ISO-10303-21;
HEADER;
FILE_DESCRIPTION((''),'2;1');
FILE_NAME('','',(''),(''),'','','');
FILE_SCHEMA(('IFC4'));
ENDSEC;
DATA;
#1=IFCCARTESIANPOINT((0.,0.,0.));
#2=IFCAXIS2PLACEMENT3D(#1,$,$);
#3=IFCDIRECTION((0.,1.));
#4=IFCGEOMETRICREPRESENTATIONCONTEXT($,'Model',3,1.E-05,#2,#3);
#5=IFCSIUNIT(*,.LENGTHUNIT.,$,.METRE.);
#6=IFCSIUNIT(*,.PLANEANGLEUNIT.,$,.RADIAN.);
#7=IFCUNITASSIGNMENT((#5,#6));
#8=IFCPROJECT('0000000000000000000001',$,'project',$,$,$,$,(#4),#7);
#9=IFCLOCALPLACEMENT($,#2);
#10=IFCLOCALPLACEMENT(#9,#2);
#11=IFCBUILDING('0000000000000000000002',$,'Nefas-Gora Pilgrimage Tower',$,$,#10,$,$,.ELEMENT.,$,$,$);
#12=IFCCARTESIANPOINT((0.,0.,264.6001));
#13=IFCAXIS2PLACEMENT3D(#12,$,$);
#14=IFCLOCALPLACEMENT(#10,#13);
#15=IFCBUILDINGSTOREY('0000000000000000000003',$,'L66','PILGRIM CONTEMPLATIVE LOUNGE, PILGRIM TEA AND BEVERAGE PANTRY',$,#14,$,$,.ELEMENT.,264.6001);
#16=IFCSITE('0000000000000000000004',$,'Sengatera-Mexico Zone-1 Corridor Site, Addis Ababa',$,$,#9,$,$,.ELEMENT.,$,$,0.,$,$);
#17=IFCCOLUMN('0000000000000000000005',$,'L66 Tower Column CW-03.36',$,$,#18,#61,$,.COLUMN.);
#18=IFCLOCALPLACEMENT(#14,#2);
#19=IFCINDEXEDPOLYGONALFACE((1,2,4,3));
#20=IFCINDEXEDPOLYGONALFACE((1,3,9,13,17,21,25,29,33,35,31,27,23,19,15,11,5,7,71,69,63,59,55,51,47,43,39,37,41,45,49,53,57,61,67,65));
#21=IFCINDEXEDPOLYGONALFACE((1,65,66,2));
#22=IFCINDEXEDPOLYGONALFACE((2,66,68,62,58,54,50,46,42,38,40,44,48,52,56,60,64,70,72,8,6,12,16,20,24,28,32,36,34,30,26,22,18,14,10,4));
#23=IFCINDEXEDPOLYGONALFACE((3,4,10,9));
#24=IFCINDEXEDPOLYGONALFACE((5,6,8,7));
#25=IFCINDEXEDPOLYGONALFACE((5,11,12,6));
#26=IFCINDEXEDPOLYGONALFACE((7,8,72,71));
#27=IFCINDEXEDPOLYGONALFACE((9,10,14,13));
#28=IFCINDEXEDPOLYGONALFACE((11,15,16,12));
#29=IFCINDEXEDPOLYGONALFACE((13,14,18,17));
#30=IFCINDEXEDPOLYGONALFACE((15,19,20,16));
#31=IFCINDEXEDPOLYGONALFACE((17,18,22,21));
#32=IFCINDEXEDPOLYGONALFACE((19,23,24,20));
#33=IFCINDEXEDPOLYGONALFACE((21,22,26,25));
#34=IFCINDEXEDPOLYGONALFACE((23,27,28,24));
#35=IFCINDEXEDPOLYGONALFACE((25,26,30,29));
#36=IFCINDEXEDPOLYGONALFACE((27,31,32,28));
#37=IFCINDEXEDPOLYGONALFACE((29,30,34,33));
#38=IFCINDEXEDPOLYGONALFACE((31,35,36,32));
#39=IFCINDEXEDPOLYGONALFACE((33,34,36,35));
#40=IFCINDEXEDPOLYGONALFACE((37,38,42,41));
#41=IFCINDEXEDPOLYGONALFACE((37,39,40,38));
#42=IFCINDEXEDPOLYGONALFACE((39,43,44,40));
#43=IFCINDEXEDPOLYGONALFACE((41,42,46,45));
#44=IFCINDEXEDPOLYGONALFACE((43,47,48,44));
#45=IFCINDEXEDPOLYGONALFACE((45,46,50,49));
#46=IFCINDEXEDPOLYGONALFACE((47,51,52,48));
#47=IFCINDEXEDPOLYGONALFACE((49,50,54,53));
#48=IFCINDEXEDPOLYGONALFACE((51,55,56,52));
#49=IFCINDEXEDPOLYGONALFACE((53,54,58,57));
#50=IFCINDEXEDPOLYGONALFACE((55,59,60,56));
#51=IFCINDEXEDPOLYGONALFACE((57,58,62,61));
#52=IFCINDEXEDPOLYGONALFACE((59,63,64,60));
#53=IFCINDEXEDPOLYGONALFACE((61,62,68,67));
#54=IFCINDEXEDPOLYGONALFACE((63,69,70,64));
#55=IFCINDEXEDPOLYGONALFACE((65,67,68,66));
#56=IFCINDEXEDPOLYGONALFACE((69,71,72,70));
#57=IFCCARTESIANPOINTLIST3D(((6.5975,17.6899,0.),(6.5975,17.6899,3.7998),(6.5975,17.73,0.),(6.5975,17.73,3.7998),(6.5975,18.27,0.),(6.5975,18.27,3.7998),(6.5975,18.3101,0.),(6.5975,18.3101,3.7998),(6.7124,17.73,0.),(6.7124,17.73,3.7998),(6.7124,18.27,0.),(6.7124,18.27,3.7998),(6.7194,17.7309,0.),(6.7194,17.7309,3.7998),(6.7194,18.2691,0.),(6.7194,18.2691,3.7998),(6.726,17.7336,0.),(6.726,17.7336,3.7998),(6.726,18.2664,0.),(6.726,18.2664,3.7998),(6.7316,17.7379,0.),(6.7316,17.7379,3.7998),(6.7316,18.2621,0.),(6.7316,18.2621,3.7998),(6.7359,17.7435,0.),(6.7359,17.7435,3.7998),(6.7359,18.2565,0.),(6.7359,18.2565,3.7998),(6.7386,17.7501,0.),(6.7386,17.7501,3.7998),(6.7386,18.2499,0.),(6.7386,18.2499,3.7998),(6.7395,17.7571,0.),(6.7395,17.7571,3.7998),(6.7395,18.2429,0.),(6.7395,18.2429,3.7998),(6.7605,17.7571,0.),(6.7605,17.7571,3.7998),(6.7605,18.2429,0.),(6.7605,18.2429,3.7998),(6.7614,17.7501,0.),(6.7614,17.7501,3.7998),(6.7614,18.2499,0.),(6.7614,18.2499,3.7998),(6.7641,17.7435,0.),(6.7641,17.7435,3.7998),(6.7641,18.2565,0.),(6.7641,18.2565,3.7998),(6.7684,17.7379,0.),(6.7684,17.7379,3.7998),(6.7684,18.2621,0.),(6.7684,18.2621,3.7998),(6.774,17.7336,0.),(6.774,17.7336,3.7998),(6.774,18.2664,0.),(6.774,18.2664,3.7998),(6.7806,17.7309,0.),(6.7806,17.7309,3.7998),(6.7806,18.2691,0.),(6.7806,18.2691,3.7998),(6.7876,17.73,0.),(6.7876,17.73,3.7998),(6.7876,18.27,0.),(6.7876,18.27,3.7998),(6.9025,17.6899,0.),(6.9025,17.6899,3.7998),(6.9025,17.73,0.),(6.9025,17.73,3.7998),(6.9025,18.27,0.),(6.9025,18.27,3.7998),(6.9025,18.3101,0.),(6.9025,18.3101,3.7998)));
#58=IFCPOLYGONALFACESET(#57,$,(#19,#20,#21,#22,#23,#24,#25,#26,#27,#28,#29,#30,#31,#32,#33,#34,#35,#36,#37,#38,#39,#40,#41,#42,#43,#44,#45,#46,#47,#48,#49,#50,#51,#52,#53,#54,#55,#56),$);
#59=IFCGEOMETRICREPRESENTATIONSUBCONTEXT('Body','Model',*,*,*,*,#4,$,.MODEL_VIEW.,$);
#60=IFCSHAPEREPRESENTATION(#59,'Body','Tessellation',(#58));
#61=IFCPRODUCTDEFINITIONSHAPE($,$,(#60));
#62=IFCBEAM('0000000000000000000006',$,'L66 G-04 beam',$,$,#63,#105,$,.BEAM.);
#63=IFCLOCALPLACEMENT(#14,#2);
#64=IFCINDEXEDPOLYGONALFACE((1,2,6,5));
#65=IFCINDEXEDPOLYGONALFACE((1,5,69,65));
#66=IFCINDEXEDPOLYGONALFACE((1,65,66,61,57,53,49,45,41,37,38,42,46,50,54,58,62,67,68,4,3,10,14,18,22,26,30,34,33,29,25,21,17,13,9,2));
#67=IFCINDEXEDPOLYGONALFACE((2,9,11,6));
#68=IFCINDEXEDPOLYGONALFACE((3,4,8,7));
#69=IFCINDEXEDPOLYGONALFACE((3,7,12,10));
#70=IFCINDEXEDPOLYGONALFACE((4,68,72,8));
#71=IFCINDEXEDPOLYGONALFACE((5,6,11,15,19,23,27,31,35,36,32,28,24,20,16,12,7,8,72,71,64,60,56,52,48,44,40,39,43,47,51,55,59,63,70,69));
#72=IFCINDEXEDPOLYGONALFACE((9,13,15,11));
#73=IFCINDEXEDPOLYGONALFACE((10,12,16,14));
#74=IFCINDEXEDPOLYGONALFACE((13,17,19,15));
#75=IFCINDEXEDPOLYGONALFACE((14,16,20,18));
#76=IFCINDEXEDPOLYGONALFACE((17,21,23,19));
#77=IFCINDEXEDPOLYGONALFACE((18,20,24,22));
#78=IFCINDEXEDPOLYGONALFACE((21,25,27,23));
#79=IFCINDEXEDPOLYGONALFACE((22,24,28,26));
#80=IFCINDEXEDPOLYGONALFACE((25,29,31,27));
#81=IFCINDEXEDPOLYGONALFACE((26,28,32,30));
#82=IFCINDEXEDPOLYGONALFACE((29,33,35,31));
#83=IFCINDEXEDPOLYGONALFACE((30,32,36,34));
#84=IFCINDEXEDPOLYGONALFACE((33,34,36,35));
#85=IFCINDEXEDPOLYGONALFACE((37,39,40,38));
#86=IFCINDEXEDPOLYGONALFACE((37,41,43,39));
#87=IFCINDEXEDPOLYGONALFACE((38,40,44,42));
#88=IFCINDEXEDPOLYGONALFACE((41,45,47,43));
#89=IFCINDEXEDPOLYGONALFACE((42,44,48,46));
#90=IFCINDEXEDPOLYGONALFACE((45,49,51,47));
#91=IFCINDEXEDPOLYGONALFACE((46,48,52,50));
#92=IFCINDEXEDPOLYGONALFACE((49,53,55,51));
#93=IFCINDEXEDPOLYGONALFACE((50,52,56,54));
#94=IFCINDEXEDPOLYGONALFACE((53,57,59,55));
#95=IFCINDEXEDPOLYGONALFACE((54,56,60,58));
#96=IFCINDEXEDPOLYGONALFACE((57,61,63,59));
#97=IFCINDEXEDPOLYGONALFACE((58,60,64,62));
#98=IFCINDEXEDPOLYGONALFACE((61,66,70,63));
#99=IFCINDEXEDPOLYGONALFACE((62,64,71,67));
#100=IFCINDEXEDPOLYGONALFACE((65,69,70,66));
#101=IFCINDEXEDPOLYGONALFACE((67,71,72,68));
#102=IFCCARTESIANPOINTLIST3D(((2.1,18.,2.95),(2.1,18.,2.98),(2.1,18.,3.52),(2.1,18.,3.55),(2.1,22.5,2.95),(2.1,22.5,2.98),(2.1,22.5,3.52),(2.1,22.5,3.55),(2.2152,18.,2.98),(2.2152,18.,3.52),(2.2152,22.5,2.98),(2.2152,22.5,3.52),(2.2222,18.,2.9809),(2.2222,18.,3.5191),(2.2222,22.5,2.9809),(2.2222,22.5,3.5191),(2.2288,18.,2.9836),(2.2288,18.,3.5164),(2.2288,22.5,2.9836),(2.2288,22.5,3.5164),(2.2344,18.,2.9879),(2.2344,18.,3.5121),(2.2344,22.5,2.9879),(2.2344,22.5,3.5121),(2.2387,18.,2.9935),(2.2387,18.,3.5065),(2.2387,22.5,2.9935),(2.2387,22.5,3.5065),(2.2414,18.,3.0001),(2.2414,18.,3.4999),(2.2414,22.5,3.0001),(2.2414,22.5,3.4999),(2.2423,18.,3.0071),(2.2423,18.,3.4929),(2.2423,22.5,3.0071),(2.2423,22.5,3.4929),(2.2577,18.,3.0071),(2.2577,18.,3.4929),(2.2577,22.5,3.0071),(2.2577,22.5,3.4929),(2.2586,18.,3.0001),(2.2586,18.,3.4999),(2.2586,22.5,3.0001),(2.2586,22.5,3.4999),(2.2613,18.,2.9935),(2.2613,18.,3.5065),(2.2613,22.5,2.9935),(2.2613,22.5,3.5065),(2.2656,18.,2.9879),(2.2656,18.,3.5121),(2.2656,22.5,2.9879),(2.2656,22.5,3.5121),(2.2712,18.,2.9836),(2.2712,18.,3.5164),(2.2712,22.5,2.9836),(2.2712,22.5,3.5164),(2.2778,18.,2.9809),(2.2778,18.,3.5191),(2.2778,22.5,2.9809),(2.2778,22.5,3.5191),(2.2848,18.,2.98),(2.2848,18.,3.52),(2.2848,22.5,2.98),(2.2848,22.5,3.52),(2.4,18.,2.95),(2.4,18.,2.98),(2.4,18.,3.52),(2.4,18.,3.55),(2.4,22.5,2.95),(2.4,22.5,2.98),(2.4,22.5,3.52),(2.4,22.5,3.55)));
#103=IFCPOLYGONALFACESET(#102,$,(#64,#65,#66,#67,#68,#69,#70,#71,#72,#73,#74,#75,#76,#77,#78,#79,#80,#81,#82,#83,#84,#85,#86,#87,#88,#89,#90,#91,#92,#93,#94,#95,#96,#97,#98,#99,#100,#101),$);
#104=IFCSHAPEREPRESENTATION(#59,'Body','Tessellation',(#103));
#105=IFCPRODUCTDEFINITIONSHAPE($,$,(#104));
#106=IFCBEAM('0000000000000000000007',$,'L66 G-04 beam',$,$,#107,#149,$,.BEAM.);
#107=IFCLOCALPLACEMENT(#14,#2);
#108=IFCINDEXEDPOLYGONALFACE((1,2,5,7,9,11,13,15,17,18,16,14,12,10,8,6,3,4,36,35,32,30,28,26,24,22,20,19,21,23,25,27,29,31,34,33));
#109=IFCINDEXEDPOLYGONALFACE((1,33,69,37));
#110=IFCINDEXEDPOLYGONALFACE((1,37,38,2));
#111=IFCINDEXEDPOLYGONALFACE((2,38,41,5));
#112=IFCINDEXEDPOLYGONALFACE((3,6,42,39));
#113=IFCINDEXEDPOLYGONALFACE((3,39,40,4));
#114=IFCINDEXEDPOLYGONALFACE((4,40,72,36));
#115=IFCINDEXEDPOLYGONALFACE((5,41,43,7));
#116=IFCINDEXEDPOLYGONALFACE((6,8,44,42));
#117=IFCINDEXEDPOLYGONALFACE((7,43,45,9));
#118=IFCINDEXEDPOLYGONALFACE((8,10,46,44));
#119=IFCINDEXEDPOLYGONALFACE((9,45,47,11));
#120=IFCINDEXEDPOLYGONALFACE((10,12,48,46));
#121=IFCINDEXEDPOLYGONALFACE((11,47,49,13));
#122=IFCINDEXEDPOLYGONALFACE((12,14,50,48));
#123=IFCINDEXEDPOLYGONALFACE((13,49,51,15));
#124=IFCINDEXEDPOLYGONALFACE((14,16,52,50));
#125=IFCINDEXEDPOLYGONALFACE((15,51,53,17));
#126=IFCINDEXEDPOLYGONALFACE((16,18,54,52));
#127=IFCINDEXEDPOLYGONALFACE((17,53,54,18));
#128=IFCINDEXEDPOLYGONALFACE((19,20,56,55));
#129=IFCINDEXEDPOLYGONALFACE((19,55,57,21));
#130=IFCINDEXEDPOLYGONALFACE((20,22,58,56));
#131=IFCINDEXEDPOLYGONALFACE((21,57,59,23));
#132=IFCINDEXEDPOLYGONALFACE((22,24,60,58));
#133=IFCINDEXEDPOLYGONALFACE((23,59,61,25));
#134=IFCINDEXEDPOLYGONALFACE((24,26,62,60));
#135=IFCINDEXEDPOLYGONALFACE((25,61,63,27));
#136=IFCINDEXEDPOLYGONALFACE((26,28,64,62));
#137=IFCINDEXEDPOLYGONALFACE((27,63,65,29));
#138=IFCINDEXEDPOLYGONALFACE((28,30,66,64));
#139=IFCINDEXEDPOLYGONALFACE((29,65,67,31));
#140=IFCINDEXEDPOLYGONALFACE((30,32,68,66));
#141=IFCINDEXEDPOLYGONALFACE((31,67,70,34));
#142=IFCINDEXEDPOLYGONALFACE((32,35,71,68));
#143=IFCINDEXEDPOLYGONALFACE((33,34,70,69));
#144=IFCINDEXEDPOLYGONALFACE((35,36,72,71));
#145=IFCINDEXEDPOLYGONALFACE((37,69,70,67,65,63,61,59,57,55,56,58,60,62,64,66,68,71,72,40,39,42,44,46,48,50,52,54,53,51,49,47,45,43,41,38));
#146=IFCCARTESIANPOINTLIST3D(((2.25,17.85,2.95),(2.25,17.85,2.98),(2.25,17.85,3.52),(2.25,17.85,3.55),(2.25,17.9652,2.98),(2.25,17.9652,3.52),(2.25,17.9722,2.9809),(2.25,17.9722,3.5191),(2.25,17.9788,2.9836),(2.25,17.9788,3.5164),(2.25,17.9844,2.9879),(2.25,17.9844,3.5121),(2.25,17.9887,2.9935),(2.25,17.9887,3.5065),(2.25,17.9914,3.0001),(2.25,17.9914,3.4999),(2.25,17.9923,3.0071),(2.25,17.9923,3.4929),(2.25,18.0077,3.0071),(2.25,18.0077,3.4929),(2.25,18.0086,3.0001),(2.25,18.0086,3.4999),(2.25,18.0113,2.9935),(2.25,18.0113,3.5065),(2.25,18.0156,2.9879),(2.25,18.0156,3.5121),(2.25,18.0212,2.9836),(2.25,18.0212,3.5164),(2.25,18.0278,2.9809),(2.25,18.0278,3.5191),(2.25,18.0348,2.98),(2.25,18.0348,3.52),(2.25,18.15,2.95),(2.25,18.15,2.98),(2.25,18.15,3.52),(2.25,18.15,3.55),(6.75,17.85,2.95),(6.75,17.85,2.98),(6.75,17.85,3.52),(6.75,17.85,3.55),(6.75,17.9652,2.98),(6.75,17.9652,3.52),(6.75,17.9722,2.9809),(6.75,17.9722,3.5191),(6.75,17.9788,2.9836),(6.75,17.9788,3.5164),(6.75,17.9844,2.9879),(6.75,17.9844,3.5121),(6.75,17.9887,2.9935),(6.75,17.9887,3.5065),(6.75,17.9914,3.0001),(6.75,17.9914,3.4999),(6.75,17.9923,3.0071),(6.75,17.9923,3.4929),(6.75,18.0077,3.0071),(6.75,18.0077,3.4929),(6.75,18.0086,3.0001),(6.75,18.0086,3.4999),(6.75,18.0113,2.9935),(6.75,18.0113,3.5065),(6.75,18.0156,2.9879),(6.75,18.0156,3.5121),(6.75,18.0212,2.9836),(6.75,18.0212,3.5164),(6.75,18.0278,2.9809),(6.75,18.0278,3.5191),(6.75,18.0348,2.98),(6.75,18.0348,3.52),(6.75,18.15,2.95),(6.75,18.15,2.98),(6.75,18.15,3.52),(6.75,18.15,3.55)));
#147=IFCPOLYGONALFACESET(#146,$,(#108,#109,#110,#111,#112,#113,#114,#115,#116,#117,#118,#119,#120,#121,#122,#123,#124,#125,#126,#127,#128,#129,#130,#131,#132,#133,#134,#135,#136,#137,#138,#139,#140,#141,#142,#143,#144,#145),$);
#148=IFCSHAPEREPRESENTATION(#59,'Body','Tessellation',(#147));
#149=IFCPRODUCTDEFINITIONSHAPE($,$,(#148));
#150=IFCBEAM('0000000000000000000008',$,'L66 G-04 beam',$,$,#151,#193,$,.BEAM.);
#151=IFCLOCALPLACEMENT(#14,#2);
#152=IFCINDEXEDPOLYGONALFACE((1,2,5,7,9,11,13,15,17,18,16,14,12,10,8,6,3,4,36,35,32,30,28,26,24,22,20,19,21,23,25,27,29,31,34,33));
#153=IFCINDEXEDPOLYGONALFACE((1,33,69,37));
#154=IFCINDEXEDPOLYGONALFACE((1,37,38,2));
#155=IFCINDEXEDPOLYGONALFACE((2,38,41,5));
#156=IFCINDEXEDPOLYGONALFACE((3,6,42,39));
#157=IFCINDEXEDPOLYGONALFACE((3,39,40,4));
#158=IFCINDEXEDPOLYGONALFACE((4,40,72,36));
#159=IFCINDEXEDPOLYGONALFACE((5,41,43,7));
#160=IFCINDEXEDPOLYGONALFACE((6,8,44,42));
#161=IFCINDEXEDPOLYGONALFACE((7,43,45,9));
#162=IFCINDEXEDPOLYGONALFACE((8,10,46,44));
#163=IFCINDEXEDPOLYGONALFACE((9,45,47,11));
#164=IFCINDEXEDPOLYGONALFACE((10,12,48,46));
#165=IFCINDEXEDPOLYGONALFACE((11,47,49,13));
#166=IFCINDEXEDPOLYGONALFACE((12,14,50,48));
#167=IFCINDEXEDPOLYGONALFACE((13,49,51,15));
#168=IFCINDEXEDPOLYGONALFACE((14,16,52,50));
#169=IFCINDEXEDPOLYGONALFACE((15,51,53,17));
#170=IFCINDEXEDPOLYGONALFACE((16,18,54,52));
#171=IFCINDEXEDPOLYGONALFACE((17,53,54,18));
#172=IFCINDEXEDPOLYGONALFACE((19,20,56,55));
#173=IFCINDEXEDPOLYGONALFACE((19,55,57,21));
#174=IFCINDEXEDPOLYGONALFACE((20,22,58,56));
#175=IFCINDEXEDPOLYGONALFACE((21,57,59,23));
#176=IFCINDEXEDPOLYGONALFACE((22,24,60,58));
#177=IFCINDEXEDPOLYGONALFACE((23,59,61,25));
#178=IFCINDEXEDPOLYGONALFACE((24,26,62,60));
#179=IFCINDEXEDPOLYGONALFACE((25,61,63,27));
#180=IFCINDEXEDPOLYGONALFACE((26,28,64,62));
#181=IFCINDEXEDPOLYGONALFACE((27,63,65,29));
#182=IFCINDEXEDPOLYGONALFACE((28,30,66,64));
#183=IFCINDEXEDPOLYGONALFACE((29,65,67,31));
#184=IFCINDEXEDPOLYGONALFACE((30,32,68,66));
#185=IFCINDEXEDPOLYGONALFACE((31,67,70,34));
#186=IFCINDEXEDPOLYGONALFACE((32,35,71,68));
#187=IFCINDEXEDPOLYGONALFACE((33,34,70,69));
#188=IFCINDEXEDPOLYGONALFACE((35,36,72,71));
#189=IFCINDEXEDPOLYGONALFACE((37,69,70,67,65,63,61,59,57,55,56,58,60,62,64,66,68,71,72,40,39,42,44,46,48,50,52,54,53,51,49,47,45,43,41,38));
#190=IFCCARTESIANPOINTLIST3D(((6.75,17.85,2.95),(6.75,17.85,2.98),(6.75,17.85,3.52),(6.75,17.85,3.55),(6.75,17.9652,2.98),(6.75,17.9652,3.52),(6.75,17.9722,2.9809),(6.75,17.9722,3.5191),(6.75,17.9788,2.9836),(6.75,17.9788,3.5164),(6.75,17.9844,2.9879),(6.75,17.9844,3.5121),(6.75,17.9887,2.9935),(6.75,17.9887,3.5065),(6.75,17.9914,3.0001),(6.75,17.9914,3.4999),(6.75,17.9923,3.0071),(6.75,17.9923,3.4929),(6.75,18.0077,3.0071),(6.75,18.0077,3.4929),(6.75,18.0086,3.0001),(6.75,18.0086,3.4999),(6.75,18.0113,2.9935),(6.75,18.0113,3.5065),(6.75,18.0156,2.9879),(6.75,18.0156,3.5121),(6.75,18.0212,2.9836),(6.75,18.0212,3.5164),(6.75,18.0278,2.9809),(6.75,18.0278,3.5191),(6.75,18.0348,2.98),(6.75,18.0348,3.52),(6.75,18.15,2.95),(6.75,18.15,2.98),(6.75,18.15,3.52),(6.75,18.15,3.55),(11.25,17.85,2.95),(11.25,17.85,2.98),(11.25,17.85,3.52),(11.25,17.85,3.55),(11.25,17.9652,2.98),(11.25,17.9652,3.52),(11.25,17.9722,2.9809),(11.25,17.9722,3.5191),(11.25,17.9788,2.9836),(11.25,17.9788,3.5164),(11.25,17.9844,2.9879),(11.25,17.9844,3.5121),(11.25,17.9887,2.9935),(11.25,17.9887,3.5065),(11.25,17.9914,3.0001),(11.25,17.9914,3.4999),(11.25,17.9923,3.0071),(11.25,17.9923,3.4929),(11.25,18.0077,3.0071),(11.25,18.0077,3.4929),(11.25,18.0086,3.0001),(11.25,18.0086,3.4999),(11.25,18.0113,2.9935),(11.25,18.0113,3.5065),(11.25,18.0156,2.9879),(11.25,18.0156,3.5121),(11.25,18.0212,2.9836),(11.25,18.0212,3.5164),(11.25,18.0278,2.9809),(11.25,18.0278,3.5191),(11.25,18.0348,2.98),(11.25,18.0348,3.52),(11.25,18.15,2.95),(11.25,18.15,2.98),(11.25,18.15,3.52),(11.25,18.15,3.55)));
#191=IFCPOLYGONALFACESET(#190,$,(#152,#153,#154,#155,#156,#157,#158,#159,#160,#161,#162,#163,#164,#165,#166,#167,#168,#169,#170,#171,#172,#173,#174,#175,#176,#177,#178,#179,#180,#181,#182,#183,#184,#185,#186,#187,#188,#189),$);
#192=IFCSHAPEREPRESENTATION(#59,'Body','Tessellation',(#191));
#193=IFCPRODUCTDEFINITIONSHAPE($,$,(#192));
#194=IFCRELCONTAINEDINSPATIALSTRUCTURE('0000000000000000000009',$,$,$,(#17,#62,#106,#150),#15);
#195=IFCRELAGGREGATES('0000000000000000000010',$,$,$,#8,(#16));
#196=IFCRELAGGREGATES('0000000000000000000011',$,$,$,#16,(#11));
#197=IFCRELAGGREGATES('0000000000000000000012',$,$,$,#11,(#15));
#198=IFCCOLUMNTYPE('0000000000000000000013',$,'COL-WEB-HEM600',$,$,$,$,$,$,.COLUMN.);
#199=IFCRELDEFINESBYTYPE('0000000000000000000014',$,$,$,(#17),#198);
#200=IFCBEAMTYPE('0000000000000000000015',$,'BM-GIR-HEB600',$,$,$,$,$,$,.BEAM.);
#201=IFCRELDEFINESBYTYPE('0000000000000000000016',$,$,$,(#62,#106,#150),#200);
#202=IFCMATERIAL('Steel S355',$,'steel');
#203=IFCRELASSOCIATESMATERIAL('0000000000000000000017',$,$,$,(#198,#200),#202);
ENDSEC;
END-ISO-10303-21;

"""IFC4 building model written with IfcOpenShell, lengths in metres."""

from ifc_helpers import new_model, si_unit, direction, frame, origin, origin_2d, place, context, subcontext, project, spatial, i_section, extrude, source, transform, mapped, material, material_profile, profile_set, type_object, element, save


model = new_model("IFC4")

# Units and contexts
model_context = context("Model", 3, precision=1e-05, world=origin(), true_north=direction((0.0, 1.0)))
body_context = subcontext(model_context, "Body", "Model", "MODEL_VIEW")
ifc_project = project(units=[si_unit("LENGTHUNIT", "METRE"), si_unit("PLANEANGLEUNIT", "RADIAN")], contexts=[model_context])

# Site, building, storey
site_placement = place(None, origin())
site = spatial("IfcSite", under=ifc_project, at=site_placement, Name="Sengatera-Mexico Zone-1 Corridor Site, Addis Ababa", CompositionType="ELEMENT", RefElevation=0.0)
building_placement = place(site_placement, origin())
building = spatial("IfcBuilding", under=site, at=building_placement, Name="Nefas-Gora Pilgrimage Tower", CompositionType="ELEMENT")
storey_placement = place(building_placement, frame((0.0, 0.0, 264.6001)))
storey = spatial("IfcBuildingStorey", under=building, at=storey_placement, Name="L66", Description="PILGRIM CONTEMPLATIVE LOUNGE, PILGRIM TEA AND BEVERAGE PANTRY", CompositionType="ELEMENT", Elevation=264.6001)

# Column
ifc_material_1 = material(Name="Steel S355", Category="steel")
ifc_material_profile_1 = material_profile(ifc_material_1, i_section(OverallWidth=0.3049, OverallDepth=0.6201, WebThickness=0.021, FlangeThickness=0.04, FilletRadius=0.0271, at=origin_2d()), Name="HEM 600")
ifc_profile_set_1 = profile_set([ifc_material_profile_1], Name="Steel S355")
column_type_1 = type_object("IfcColumnType", Name="COL-WEB-HEM600", PredefinedType="COLUMN", material=ifc_profile_set_1)
shared_shape_1 = source(origin(), body_context, "Body", "SweptSolid", [
    extrude(i_section(OverallWidth=0.3049, OverallDepth=0.6201, WebThickness=0.021, FlangeThickness=0.04, FilletRadius=0.0271, at=origin_2d()), origin(), (0.0, 0.0, 1.0), 3.7998),
])
for number, where, z_axis, x_axis, name in (
    (1, (6.75, 18.0, 0.0), (0.0, 0.0, 1.0), (1.0, 0.0, 0.0), "L66 Tower Column CW-03.36"),
):
    element("IfcColumn", number, at=place(storey_placement, frame(where, z_axis=z_axis, x_axis=x_axis)), inside=storey, type_object=column_type_1, Name=name, PredefinedType="COLUMN", context=body_context, shape_type="MappedRepresentation", body=[
        mapped(shared_shape_1, transform((0.0, 0.0, 0.0), x_axis=(1.0, 0.0, 0.0), y_axis=(0.0, 1.0, 0.0), z_axis=(0.0, 0.0, 1.0), scale=1.0)),
    ])

# Beams
ifc_material_profile_2 = material_profile(ifc_material_1, i_section(OverallWidth=0.3, OverallDepth=0.6001, WebThickness=0.0154, FlangeThickness=0.03, FilletRadius=0.0271, at=origin_2d()), Name="HEB 600")
ifc_profile_set_2 = profile_set([ifc_material_profile_2], Name="Steel S355")
beam_type = type_object("IfcBeamType", Name="BM-GIR-HEB600", PredefinedType="BEAM", material=ifc_profile_set_2)
shared_shape_2 = source(origin(), body_context, "Body", "SweptSolid", [
    extrude(i_section(OverallWidth=0.3, OverallDepth=0.6001, WebThickness=0.0154, FlangeThickness=0.03, FilletRadius=0.0271, at=origin_2d()), origin(), (0.0, 0.0, 1.0), 4.5),
])
for number, where, z_axis, x_axis, name in (
    (2, (2.25, 18.0, 3.25), (0.0, 1.0, 0.0), (-1.0, 0.0, 0.0), "L66 G-04 beam"),
    (3, (2.25, 18.0, 3.25), (1.0, 0.0, 0.0), (0.0, 1.0, 0.0), "L66 G-04 beam"),
    (4, (6.75, 18.0, 3.25), (1.0, 0.0, 0.0), (0.0, 1.0, 0.0), "L66 G-04 beam"),
):
    element("IfcBeam", number, at=place(storey_placement, frame(where, z_axis=z_axis, x_axis=x_axis)), inside=storey, type_object=beam_type, Name=name, PredefinedType="BEAM", context=body_context, shape_type="MappedRepresentation", body=[
        mapped(shared_shape_2, transform((0.0, 0.0, 0.0), x_axis=(1.0, 0.0, 0.0), y_axis=(0.0, 1.0, 0.0), z_axis=(0.0, 0.0, 1.0), scale=1.0)),
    ])

save(model, "model.ifc")
